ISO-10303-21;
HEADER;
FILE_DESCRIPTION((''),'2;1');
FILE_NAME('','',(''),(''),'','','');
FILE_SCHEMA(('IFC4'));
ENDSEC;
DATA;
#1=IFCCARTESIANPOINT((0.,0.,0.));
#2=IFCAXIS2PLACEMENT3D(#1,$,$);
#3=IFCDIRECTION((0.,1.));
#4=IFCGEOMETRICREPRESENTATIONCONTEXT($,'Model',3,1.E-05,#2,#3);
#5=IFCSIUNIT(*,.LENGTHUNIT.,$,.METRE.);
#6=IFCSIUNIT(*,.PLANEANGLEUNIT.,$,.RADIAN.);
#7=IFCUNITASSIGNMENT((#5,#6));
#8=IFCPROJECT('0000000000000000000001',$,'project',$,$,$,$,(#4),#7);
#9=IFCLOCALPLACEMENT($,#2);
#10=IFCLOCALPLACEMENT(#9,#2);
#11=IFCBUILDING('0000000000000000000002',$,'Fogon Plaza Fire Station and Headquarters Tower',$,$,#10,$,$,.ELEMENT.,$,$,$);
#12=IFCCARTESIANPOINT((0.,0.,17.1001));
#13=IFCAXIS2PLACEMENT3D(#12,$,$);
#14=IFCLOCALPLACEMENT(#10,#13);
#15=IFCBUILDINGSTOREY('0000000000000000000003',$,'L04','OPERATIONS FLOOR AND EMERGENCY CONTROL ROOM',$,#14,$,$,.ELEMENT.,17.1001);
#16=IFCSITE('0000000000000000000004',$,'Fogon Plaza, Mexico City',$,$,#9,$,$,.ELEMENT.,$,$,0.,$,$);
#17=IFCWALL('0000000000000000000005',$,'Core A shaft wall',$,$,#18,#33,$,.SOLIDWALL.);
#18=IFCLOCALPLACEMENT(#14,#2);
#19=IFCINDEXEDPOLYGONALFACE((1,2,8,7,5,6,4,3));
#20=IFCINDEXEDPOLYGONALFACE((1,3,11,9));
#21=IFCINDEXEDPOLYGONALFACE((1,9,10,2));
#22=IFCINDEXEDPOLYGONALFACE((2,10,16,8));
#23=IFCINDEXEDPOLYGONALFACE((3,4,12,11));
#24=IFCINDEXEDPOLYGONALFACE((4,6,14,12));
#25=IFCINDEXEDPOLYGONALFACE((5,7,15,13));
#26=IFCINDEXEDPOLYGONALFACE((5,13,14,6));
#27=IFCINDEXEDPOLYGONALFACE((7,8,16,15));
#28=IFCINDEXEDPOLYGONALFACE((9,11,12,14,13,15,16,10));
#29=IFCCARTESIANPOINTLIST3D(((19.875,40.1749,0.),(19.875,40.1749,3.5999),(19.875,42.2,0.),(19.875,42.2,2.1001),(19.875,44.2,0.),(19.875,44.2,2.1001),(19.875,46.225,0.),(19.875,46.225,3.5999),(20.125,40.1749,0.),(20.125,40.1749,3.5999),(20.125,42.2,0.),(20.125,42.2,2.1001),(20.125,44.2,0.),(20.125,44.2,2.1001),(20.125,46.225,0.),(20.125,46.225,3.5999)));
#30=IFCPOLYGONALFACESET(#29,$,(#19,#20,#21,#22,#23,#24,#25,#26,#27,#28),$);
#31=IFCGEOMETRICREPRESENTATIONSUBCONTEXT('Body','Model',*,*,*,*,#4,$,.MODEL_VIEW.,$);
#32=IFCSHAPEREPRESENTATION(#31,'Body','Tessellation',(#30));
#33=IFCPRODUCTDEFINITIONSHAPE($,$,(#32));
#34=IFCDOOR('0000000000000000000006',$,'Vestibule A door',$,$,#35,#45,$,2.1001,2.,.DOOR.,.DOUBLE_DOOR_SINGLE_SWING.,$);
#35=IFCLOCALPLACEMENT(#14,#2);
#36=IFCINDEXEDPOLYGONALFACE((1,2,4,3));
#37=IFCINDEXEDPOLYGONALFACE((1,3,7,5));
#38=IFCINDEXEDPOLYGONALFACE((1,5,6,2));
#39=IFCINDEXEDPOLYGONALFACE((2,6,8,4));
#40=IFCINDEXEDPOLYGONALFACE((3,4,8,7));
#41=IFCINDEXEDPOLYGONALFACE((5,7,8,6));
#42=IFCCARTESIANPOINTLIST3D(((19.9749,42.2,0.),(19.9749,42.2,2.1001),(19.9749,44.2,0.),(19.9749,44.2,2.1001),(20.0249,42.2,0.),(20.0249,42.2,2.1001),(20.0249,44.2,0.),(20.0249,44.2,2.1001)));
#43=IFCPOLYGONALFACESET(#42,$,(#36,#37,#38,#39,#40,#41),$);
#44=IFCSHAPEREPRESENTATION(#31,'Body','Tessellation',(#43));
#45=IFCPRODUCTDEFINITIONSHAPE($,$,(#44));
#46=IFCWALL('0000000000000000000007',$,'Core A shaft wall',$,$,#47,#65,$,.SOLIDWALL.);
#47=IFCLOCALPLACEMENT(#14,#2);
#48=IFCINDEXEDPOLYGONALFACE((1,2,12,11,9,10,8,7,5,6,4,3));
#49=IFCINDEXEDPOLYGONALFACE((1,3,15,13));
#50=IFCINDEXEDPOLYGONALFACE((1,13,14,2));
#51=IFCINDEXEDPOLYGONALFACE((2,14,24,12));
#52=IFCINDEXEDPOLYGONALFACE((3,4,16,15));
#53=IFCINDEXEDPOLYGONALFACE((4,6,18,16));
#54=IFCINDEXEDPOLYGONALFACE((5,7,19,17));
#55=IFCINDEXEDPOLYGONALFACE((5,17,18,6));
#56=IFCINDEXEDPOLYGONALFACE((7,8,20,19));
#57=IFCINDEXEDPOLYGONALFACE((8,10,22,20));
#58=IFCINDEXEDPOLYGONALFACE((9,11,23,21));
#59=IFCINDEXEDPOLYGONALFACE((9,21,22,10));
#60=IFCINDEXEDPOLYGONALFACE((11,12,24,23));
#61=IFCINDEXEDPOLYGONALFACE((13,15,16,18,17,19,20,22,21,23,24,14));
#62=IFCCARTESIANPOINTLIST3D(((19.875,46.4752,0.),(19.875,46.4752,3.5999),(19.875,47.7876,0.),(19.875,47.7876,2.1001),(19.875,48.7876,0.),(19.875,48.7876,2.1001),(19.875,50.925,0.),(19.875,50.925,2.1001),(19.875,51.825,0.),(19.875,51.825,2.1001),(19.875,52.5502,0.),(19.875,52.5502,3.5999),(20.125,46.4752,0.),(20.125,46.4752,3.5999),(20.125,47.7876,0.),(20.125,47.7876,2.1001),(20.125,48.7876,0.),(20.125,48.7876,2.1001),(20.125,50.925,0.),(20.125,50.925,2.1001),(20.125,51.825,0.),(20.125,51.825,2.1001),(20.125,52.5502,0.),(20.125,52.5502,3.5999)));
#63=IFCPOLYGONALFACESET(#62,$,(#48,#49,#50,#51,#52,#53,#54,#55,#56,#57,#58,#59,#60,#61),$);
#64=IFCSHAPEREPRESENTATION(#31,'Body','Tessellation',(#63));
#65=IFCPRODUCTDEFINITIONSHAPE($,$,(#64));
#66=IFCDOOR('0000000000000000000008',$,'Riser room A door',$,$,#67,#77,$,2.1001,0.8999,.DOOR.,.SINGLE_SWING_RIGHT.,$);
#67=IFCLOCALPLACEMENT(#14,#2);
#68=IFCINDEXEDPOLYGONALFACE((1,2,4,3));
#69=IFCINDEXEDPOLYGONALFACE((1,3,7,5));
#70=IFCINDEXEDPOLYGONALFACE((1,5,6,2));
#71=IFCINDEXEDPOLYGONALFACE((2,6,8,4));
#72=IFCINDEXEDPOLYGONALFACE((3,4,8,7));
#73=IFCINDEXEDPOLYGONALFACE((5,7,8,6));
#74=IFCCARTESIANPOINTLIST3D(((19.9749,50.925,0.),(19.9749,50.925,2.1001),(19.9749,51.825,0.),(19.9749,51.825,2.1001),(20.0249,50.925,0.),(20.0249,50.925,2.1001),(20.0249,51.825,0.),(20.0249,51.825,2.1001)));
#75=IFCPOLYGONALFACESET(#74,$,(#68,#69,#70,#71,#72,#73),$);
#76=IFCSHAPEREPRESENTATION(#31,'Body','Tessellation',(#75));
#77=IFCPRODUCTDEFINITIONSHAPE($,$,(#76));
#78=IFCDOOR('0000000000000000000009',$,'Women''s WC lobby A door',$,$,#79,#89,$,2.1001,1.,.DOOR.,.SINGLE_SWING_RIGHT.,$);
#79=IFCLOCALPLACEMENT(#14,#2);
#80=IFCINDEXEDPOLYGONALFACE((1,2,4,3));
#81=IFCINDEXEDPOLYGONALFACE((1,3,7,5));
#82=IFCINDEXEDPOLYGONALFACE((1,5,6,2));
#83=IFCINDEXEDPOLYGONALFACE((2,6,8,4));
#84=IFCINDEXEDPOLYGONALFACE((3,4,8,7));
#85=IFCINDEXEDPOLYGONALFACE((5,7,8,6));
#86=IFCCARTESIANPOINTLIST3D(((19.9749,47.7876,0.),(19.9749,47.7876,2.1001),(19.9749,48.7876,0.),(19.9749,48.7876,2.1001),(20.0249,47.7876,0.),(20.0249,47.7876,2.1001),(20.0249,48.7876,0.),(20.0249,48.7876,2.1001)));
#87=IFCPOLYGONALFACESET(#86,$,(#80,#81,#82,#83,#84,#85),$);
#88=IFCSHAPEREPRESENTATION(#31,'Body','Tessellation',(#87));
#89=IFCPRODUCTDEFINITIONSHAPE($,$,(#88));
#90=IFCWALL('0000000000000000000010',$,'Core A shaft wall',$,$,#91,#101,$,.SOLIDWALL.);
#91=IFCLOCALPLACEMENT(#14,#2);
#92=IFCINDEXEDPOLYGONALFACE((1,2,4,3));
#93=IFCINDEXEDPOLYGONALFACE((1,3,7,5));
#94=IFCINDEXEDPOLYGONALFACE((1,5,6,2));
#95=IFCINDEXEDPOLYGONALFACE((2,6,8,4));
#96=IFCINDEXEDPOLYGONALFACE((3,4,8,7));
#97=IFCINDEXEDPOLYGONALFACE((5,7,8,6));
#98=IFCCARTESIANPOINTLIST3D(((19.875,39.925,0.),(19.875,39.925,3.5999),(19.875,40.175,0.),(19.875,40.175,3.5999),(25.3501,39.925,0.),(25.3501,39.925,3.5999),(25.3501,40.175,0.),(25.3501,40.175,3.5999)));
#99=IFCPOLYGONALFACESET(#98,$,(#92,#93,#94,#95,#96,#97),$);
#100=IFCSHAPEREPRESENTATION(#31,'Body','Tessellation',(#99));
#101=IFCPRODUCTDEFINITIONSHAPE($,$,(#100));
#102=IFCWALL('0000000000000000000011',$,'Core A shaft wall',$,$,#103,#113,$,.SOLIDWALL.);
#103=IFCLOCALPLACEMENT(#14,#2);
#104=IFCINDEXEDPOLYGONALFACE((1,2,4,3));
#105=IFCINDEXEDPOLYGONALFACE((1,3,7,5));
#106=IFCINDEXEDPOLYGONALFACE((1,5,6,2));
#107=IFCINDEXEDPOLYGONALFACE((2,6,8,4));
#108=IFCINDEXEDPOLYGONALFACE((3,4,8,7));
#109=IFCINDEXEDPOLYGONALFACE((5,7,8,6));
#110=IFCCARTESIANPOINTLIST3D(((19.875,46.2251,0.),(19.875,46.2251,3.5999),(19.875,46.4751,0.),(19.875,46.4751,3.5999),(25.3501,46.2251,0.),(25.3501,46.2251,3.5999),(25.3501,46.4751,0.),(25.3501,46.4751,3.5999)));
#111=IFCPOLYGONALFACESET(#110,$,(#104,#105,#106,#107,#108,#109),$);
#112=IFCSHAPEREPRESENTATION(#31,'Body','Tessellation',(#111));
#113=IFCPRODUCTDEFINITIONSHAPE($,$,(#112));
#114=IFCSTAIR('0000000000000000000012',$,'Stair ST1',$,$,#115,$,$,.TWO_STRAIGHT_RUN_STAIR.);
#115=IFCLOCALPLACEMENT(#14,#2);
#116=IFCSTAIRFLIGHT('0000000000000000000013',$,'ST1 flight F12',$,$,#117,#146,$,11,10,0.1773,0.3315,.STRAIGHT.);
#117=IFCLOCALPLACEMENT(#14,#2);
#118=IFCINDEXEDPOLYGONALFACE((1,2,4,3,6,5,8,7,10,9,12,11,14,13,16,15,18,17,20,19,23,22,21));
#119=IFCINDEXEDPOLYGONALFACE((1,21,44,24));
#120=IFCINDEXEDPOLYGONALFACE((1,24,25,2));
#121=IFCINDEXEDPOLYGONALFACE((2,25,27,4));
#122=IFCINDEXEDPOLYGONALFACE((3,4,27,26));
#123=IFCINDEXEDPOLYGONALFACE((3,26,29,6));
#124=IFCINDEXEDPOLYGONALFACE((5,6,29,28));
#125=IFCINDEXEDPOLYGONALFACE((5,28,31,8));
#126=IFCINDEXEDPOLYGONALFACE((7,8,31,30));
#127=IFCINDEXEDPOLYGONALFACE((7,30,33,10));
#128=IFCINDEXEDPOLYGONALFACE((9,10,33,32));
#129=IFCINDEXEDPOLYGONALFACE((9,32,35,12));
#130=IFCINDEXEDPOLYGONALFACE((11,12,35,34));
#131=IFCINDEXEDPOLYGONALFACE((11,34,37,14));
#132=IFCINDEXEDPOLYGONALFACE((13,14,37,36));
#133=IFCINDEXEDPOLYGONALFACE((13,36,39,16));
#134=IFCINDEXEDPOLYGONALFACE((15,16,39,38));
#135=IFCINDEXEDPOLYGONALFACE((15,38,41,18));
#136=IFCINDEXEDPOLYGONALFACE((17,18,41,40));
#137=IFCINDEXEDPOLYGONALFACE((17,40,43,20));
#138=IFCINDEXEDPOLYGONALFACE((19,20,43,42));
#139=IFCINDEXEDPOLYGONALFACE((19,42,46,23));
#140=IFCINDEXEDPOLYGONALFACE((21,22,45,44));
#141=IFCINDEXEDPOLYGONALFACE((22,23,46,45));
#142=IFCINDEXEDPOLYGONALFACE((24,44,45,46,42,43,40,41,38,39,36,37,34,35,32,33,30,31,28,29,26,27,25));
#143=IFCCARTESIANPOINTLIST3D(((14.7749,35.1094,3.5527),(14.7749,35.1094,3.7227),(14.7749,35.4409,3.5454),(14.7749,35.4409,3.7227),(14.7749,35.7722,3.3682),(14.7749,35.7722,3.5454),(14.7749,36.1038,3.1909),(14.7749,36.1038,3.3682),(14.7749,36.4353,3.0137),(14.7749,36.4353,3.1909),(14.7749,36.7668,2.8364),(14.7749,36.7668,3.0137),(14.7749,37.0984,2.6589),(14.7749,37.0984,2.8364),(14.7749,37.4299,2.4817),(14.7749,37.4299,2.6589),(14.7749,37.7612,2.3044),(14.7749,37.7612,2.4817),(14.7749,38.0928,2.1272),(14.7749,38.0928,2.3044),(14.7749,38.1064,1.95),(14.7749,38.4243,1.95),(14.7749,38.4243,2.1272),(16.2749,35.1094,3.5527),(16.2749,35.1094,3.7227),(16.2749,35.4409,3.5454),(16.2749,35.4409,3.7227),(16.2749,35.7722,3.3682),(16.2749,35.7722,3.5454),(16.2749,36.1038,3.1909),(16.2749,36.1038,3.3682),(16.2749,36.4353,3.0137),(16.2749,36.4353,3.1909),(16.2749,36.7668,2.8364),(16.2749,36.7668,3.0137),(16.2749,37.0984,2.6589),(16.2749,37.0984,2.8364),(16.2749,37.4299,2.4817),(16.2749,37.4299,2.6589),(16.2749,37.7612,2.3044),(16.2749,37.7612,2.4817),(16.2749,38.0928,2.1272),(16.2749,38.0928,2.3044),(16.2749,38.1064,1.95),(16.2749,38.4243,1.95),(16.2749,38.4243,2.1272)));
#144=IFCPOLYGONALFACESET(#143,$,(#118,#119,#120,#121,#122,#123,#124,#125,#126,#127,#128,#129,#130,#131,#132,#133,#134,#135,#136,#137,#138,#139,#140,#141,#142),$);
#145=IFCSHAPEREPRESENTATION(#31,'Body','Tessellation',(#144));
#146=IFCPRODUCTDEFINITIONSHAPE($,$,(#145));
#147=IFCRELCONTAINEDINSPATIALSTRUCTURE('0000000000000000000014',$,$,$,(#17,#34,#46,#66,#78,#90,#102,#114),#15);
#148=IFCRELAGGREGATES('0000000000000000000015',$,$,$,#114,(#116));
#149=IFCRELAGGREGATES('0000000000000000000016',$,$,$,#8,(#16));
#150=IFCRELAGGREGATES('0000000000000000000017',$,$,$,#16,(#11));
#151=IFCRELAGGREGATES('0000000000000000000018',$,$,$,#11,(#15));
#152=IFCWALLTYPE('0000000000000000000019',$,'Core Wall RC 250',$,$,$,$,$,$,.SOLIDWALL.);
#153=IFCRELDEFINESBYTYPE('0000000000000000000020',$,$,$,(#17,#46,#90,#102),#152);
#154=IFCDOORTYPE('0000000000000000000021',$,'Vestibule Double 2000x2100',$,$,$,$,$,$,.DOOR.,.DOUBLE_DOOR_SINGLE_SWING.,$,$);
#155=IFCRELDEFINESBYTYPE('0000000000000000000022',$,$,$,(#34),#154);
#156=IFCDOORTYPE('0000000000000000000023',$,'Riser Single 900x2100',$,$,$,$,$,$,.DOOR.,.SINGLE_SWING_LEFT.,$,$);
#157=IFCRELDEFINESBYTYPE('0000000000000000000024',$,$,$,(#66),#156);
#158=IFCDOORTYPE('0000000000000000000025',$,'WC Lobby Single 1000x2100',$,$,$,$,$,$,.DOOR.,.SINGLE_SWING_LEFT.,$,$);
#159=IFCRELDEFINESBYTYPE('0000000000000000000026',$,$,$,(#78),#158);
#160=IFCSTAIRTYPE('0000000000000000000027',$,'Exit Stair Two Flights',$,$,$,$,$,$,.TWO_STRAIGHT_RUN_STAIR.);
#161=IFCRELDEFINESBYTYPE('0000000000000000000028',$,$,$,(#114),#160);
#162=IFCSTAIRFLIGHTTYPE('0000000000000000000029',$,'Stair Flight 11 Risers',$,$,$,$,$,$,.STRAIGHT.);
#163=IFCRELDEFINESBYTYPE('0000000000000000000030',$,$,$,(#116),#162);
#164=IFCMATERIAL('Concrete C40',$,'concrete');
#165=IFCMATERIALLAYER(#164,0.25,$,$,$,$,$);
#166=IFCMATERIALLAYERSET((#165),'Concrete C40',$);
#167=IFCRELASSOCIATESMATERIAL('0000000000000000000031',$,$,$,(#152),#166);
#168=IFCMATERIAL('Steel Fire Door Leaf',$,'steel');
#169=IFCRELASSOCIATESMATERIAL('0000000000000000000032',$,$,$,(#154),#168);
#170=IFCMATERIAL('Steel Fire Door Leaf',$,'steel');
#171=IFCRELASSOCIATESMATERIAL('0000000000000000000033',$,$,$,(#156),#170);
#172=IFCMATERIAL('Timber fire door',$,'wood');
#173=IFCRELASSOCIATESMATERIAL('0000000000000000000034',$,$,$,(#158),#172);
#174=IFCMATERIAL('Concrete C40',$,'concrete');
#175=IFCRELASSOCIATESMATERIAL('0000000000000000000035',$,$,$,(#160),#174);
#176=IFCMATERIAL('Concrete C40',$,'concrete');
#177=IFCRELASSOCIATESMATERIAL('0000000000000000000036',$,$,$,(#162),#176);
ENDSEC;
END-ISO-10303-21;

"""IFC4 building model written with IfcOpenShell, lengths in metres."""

from ifc_helpers import new_model, si_unit, direction, frame, frame_2d, origin, place, context, subcontext, project, spatial, polyline, rectangle, outline, extrude, material, layer, layer_set, type_object, element, fill, aggregate, save


model = new_model("IFC4")

# Units and contexts
model_context = context("Model", 3, precision=1e-05, world=origin(), true_north=direction((0.0, 1.0)))
body_context = subcontext(model_context, "Body", "Model", "MODEL_VIEW")
ifc_project = project(units=[si_unit("LENGTHUNIT", "METRE"), si_unit("PLANEANGLEUNIT", "RADIAN")], contexts=[model_context])

# Site, building, storey
site_placement = place(None, origin())
site = spatial("IfcSite", under=ifc_project, at=site_placement, Name="Fogon Plaza, Mexico City", CompositionType="ELEMENT", RefElevation=0.0)
building_placement = place(site_placement, origin())
building = spatial("IfcBuilding", under=site, at=building_placement, Name="Fogon Plaza Fire Station and Headquarters Tower", CompositionType="ELEMENT")
storey_placement = place(building_placement, frame((0.0, 0.0, 17.1001)))
storey = spatial("IfcBuildingStorey", under=building, at=storey_placement, Name="L04", Description="OPERATIONS FLOOR AND EMERGENCY CONTROL ROOM", CompositionType="ELEMENT", Elevation=17.1001)

# Shared definitions
ifc_material_1 = material(Name="Concrete C40", Category="concrete")
ifc_layer = layer(ifc_material_1, 0.25)
ifc_layer_set = layer_set([ifc_layer], Name="Concrete C40")
wall_type = type_object("IfcWallType", Name="Core Wall RC 250", PredefinedType="SOLIDWALL", material=ifc_layer_set)

# Wall, opening, door
wall_1_placement = place(storey_placement, frame((20.0, 40.175, 0.0), z_axis=(0.0, 0.0, 1.0), x_axis=(0.0, 1.0, 0.0)))
wall_1 = element("IfcWall", 1, at=wall_1_placement, inside=storey, type_object=wall_type, Name="Core A shaft wall", PredefinedType="SOLIDWALL", context=body_context, shape_type="SweptSolid", body=[
    extrude(rectangle(XDim=6.05, YDim=0.25, at=frame_2d((3.0249, 0.0))), origin(), (0.0, 0.0, 1.0), 3.5999),
])
opening_1_placement = place(wall_1_placement, frame((2.0249, 0.0, 0.0)))
opening_1 = element("IfcOpeningElement", 2, at=opening_1_placement, cuts=wall_1, PredefinedType="OPENING", context=body_context, shape_type="SweptSolid", body=[
    extrude(rectangle(XDim=2.0, YDim=2.1001, at=frame_2d((1.0, 1.05))), frame((0.0, 0.135, 0.0), z_axis=(0.0, -1.0, 0.0), x_axis=(1.0, 0.0, 0.0)), (0.0, 0.0, 1.0), 0.27),
])
ifc_material_2 = material(Name="Steel Fire Door Leaf", Category="steel")
door_type_1 = type_object("IfcDoorType", Name="Vestibule Double 2000x2100", OperationType="DOUBLE_DOOR_SINGLE_SWING", PredefinedType="DOOR", material=ifc_material_2)
door_1_placement = place(opening_1_placement, frame((2.0, 0.0, 0.0), z_axis=(0.0, 0.0, 1.0), x_axis=(-1.0, 0.0, 0.0)))
door_1 = element("IfcDoor", 3, at=door_1_placement, inside=storey, type_object=door_type_1, Name="Vestibule A door", OperationType="DOUBLE_DOOR_SINGLE_SWING", OverallHeight=2.1001, OverallWidth=2.0, PredefinedType="DOOR", context=body_context, shape_type="SweptSolid", body=[
    extrude(rectangle(XDim=2.0, YDim=2.1001, at=frame_2d((1.0, 1.05))), frame((0.0, 0.0249, 0.0), z_axis=(0.0, -1.0, 0.0), x_axis=(1.0, 0.0, 0.0)), (0.0, 0.0, 1.0), 0.05),
])
fill(opening_1, door_1)

# Wall, openings, doors
wall_2_placement = place(storey_placement, frame((20.0, 46.4751, 0.0), z_axis=(0.0, 0.0, 1.0), x_axis=(0.0, 1.0, 0.0)))
wall_2 = element("IfcWall", 4, at=wall_2_placement, inside=storey, type_object=wall_type, Name="Core A shaft wall", PredefinedType="SOLIDWALL", context=body_context, shape_type="SweptSolid", body=[
    extrude(rectangle(XDim=6.075, YDim=0.25, at=frame_2d((3.0376, 0.0))), origin(), (0.0, 0.0, 1.0), 3.5999),
])
opening_2_placement = place(wall_2_placement, frame((1.3125, 0.0, 0.0)))
opening_2 = element("IfcOpeningElement", 5, at=opening_2_placement, cuts=wall_2, PredefinedType="OPENING", context=body_context, shape_type="SweptSolid", body=[
    extrude(rectangle(XDim=1.0, YDim=2.1001, at=frame_2d((0.5, 1.05))), frame((0.0, 0.135, 0.0), z_axis=(0.0, -1.0, 0.0), x_axis=(1.0, 0.0, 0.0)), (0.0, 0.0, 1.0), 0.27),
])
opening_3_placement = place(wall_2_placement, frame((4.45, 0.0, 0.0)))
opening_3 = element("IfcOpeningElement", 6, at=opening_3_placement, cuts=wall_2, PredefinedType="OPENING", context=body_context, shape_type="SweptSolid", body=[
    extrude(rectangle(XDim=0.8999, YDim=2.1001, at=frame_2d((0.45, 1.05))), frame((0.0, 0.135, 0.0), z_axis=(0.0, -1.0, 0.0), x_axis=(1.0, 0.0, 0.0)), (0.0, 0.0, 1.0), 0.27),
])
ifc_material_3 = material(Name="Steel Fire Door Leaf", Category="steel")
door_type_2 = type_object("IfcDoorType", Name="Riser Single 900x2100", OperationType="SINGLE_SWING_LEFT", PredefinedType="DOOR", material=ifc_material_3)
door_2_placement = place(opening_3_placement, frame((0.8999, 0.0, 0.0), z_axis=(0.0, 0.0, 1.0), x_axis=(-1.0, 0.0, 0.0)))
door_2 = element("IfcDoor", 7, at=door_2_placement, inside=storey, type_object=door_type_2, Name="Riser room A door", OperationType="SINGLE_SWING_RIGHT", OverallHeight=2.1001, OverallWidth=0.8999, PredefinedType="DOOR", context=body_context, shape_type="SweptSolid", body=[
    extrude(rectangle(XDim=0.8999, YDim=2.1001, at=frame_2d((0.45, 1.05))), frame((0.0, 0.0249, 0.0), z_axis=(0.0, -1.0, 0.0), x_axis=(1.0, 0.0, 0.0)), (0.0, 0.0, 1.0), 0.05),
])
fill(opening_3, door_2)
ifc_material_4 = material(Name="Timber fire door", Category="wood")
door_type_3 = type_object("IfcDoorType", Name="WC Lobby Single 1000x2100", OperationType="SINGLE_SWING_LEFT", PredefinedType="DOOR", material=ifc_material_4)
door_3_placement = place(opening_2_placement, frame((1.0, 0.0, 0.0), z_axis=(0.0, 0.0, 1.0), x_axis=(-1.0, 0.0, 0.0)))
door_3 = element("IfcDoor", 8, at=door_3_placement, inside=storey, type_object=door_type_3, Name="Women's WC lobby A door", OperationType="SINGLE_SWING_RIGHT", OverallHeight=2.1001, OverallWidth=1.0, PredefinedType="DOOR", context=body_context, shape_type="SweptSolid", body=[
    extrude(rectangle(XDim=1.0, YDim=2.1001, at=frame_2d((0.5, 1.05))), frame((0.0, 0.0249, 0.0), z_axis=(0.0, -1.0, 0.0), x_axis=(1.0, 0.0, 0.0)), (0.0, 0.0, 1.0), 0.05),
])
fill(opening_2, door_3)

# Walls
for number, where, z_axis, x_axis, name in (
    (9, (19.875, 40.05, 0.0), (0.0, 0.0, 1.0), (1.0, 0.0, 0.0), "Core A shaft wall"),
    (10, (19.875, 46.3501, 0.0), (0.0, 0.0, 1.0), (1.0, 0.0, 0.0), "Core A shaft wall"),
):
    element("IfcWall", number, at=place(storey_placement, frame(where, z_axis=z_axis, x_axis=x_axis)), inside=storey, type_object=wall_type, Name=name, PredefinedType="SOLIDWALL", context=body_context, shape_type="SweptSolid", body=[
        extrude(rectangle(XDim=5.4751, YDim=0.25, at=frame_2d((2.7375, 0.0))), origin(), (0.0, 0.0, 1.0), 3.5999),
    ])

# Stair, stair flight
ifc_material_5 = material(Name="Concrete C40", Category="concrete")
stair_type = type_object("IfcStairType", Name="Exit Stair Two Flights", PredefinedType="TWO_STRAIGHT_RUN_STAIR", material=ifc_material_5)
stair_1_placement = place(storey_placement, origin())
stair_1 = element("IfcStair", 11, at=stair_1_placement, inside=storey, type_object=stair_type, Name="Stair ST1", PredefinedType="TWO_STRAIGHT_RUN_STAIR")
ifc_material_6 = material(Name="Concrete C40", Category="concrete")
stair_flight_type = type_object("IfcStairFlightType", Name="Stair Flight 11 Risers", PredefinedType="STRAIGHT", material=ifc_material_6)
stair_flight_1_placement = place(storey_placement, frame((15.5249, 38.4243, 1.95), z_axis=(0.0, 0.0, 1.0), x_axis=(0.0, -1.0, 0.0)))
stair_flight_1 = element("IfcStairFlight", 12, at=stair_flight_1_placement, type_object=stair_flight_type, Name="ST1 flight F12", NumberOfRisers=11, NumberOfTreads=10, PredefinedType="STRAIGHT", RiserHeight=0.1773, TreadLength=0.3315, context=body_context, shape_type="SweptSolid", body=[
    extrude(outline(polyline([(0.0, 0.0), (0.0, 0.1772), (0.3315, 0.1772), (0.3315, 0.3545), (0.6631, 0.3545), (0.6631, 0.5317), (0.9944, 0.5317), (0.9944, 0.709), (1.3259, 0.709), (1.3259, 0.8865), (1.6575, 0.8865), (1.6575, 1.0637), (1.989, 1.0637), (1.989, 1.241), (2.3206, 1.241), (2.3206, 1.4182), (2.6521, 1.4182), (2.6521, 1.5955), (2.9834, 1.5955), (2.9834, 1.7727), (3.3149, 1.7727), (3.3149, 1.95), (3.3149, 1.6028), (0.3179, 0.0), (0.0, 0.0)])), frame((0.0, 0.75, 0.0), z_axis=(0.0, -1.0, 0.0), x_axis=(1.0, 0.0, 0.0)), (0.0, 0.0, 1.0), 1.5),
])
aggregate(stair_1, [stair_flight_1])

save(model, "model.ifc")
